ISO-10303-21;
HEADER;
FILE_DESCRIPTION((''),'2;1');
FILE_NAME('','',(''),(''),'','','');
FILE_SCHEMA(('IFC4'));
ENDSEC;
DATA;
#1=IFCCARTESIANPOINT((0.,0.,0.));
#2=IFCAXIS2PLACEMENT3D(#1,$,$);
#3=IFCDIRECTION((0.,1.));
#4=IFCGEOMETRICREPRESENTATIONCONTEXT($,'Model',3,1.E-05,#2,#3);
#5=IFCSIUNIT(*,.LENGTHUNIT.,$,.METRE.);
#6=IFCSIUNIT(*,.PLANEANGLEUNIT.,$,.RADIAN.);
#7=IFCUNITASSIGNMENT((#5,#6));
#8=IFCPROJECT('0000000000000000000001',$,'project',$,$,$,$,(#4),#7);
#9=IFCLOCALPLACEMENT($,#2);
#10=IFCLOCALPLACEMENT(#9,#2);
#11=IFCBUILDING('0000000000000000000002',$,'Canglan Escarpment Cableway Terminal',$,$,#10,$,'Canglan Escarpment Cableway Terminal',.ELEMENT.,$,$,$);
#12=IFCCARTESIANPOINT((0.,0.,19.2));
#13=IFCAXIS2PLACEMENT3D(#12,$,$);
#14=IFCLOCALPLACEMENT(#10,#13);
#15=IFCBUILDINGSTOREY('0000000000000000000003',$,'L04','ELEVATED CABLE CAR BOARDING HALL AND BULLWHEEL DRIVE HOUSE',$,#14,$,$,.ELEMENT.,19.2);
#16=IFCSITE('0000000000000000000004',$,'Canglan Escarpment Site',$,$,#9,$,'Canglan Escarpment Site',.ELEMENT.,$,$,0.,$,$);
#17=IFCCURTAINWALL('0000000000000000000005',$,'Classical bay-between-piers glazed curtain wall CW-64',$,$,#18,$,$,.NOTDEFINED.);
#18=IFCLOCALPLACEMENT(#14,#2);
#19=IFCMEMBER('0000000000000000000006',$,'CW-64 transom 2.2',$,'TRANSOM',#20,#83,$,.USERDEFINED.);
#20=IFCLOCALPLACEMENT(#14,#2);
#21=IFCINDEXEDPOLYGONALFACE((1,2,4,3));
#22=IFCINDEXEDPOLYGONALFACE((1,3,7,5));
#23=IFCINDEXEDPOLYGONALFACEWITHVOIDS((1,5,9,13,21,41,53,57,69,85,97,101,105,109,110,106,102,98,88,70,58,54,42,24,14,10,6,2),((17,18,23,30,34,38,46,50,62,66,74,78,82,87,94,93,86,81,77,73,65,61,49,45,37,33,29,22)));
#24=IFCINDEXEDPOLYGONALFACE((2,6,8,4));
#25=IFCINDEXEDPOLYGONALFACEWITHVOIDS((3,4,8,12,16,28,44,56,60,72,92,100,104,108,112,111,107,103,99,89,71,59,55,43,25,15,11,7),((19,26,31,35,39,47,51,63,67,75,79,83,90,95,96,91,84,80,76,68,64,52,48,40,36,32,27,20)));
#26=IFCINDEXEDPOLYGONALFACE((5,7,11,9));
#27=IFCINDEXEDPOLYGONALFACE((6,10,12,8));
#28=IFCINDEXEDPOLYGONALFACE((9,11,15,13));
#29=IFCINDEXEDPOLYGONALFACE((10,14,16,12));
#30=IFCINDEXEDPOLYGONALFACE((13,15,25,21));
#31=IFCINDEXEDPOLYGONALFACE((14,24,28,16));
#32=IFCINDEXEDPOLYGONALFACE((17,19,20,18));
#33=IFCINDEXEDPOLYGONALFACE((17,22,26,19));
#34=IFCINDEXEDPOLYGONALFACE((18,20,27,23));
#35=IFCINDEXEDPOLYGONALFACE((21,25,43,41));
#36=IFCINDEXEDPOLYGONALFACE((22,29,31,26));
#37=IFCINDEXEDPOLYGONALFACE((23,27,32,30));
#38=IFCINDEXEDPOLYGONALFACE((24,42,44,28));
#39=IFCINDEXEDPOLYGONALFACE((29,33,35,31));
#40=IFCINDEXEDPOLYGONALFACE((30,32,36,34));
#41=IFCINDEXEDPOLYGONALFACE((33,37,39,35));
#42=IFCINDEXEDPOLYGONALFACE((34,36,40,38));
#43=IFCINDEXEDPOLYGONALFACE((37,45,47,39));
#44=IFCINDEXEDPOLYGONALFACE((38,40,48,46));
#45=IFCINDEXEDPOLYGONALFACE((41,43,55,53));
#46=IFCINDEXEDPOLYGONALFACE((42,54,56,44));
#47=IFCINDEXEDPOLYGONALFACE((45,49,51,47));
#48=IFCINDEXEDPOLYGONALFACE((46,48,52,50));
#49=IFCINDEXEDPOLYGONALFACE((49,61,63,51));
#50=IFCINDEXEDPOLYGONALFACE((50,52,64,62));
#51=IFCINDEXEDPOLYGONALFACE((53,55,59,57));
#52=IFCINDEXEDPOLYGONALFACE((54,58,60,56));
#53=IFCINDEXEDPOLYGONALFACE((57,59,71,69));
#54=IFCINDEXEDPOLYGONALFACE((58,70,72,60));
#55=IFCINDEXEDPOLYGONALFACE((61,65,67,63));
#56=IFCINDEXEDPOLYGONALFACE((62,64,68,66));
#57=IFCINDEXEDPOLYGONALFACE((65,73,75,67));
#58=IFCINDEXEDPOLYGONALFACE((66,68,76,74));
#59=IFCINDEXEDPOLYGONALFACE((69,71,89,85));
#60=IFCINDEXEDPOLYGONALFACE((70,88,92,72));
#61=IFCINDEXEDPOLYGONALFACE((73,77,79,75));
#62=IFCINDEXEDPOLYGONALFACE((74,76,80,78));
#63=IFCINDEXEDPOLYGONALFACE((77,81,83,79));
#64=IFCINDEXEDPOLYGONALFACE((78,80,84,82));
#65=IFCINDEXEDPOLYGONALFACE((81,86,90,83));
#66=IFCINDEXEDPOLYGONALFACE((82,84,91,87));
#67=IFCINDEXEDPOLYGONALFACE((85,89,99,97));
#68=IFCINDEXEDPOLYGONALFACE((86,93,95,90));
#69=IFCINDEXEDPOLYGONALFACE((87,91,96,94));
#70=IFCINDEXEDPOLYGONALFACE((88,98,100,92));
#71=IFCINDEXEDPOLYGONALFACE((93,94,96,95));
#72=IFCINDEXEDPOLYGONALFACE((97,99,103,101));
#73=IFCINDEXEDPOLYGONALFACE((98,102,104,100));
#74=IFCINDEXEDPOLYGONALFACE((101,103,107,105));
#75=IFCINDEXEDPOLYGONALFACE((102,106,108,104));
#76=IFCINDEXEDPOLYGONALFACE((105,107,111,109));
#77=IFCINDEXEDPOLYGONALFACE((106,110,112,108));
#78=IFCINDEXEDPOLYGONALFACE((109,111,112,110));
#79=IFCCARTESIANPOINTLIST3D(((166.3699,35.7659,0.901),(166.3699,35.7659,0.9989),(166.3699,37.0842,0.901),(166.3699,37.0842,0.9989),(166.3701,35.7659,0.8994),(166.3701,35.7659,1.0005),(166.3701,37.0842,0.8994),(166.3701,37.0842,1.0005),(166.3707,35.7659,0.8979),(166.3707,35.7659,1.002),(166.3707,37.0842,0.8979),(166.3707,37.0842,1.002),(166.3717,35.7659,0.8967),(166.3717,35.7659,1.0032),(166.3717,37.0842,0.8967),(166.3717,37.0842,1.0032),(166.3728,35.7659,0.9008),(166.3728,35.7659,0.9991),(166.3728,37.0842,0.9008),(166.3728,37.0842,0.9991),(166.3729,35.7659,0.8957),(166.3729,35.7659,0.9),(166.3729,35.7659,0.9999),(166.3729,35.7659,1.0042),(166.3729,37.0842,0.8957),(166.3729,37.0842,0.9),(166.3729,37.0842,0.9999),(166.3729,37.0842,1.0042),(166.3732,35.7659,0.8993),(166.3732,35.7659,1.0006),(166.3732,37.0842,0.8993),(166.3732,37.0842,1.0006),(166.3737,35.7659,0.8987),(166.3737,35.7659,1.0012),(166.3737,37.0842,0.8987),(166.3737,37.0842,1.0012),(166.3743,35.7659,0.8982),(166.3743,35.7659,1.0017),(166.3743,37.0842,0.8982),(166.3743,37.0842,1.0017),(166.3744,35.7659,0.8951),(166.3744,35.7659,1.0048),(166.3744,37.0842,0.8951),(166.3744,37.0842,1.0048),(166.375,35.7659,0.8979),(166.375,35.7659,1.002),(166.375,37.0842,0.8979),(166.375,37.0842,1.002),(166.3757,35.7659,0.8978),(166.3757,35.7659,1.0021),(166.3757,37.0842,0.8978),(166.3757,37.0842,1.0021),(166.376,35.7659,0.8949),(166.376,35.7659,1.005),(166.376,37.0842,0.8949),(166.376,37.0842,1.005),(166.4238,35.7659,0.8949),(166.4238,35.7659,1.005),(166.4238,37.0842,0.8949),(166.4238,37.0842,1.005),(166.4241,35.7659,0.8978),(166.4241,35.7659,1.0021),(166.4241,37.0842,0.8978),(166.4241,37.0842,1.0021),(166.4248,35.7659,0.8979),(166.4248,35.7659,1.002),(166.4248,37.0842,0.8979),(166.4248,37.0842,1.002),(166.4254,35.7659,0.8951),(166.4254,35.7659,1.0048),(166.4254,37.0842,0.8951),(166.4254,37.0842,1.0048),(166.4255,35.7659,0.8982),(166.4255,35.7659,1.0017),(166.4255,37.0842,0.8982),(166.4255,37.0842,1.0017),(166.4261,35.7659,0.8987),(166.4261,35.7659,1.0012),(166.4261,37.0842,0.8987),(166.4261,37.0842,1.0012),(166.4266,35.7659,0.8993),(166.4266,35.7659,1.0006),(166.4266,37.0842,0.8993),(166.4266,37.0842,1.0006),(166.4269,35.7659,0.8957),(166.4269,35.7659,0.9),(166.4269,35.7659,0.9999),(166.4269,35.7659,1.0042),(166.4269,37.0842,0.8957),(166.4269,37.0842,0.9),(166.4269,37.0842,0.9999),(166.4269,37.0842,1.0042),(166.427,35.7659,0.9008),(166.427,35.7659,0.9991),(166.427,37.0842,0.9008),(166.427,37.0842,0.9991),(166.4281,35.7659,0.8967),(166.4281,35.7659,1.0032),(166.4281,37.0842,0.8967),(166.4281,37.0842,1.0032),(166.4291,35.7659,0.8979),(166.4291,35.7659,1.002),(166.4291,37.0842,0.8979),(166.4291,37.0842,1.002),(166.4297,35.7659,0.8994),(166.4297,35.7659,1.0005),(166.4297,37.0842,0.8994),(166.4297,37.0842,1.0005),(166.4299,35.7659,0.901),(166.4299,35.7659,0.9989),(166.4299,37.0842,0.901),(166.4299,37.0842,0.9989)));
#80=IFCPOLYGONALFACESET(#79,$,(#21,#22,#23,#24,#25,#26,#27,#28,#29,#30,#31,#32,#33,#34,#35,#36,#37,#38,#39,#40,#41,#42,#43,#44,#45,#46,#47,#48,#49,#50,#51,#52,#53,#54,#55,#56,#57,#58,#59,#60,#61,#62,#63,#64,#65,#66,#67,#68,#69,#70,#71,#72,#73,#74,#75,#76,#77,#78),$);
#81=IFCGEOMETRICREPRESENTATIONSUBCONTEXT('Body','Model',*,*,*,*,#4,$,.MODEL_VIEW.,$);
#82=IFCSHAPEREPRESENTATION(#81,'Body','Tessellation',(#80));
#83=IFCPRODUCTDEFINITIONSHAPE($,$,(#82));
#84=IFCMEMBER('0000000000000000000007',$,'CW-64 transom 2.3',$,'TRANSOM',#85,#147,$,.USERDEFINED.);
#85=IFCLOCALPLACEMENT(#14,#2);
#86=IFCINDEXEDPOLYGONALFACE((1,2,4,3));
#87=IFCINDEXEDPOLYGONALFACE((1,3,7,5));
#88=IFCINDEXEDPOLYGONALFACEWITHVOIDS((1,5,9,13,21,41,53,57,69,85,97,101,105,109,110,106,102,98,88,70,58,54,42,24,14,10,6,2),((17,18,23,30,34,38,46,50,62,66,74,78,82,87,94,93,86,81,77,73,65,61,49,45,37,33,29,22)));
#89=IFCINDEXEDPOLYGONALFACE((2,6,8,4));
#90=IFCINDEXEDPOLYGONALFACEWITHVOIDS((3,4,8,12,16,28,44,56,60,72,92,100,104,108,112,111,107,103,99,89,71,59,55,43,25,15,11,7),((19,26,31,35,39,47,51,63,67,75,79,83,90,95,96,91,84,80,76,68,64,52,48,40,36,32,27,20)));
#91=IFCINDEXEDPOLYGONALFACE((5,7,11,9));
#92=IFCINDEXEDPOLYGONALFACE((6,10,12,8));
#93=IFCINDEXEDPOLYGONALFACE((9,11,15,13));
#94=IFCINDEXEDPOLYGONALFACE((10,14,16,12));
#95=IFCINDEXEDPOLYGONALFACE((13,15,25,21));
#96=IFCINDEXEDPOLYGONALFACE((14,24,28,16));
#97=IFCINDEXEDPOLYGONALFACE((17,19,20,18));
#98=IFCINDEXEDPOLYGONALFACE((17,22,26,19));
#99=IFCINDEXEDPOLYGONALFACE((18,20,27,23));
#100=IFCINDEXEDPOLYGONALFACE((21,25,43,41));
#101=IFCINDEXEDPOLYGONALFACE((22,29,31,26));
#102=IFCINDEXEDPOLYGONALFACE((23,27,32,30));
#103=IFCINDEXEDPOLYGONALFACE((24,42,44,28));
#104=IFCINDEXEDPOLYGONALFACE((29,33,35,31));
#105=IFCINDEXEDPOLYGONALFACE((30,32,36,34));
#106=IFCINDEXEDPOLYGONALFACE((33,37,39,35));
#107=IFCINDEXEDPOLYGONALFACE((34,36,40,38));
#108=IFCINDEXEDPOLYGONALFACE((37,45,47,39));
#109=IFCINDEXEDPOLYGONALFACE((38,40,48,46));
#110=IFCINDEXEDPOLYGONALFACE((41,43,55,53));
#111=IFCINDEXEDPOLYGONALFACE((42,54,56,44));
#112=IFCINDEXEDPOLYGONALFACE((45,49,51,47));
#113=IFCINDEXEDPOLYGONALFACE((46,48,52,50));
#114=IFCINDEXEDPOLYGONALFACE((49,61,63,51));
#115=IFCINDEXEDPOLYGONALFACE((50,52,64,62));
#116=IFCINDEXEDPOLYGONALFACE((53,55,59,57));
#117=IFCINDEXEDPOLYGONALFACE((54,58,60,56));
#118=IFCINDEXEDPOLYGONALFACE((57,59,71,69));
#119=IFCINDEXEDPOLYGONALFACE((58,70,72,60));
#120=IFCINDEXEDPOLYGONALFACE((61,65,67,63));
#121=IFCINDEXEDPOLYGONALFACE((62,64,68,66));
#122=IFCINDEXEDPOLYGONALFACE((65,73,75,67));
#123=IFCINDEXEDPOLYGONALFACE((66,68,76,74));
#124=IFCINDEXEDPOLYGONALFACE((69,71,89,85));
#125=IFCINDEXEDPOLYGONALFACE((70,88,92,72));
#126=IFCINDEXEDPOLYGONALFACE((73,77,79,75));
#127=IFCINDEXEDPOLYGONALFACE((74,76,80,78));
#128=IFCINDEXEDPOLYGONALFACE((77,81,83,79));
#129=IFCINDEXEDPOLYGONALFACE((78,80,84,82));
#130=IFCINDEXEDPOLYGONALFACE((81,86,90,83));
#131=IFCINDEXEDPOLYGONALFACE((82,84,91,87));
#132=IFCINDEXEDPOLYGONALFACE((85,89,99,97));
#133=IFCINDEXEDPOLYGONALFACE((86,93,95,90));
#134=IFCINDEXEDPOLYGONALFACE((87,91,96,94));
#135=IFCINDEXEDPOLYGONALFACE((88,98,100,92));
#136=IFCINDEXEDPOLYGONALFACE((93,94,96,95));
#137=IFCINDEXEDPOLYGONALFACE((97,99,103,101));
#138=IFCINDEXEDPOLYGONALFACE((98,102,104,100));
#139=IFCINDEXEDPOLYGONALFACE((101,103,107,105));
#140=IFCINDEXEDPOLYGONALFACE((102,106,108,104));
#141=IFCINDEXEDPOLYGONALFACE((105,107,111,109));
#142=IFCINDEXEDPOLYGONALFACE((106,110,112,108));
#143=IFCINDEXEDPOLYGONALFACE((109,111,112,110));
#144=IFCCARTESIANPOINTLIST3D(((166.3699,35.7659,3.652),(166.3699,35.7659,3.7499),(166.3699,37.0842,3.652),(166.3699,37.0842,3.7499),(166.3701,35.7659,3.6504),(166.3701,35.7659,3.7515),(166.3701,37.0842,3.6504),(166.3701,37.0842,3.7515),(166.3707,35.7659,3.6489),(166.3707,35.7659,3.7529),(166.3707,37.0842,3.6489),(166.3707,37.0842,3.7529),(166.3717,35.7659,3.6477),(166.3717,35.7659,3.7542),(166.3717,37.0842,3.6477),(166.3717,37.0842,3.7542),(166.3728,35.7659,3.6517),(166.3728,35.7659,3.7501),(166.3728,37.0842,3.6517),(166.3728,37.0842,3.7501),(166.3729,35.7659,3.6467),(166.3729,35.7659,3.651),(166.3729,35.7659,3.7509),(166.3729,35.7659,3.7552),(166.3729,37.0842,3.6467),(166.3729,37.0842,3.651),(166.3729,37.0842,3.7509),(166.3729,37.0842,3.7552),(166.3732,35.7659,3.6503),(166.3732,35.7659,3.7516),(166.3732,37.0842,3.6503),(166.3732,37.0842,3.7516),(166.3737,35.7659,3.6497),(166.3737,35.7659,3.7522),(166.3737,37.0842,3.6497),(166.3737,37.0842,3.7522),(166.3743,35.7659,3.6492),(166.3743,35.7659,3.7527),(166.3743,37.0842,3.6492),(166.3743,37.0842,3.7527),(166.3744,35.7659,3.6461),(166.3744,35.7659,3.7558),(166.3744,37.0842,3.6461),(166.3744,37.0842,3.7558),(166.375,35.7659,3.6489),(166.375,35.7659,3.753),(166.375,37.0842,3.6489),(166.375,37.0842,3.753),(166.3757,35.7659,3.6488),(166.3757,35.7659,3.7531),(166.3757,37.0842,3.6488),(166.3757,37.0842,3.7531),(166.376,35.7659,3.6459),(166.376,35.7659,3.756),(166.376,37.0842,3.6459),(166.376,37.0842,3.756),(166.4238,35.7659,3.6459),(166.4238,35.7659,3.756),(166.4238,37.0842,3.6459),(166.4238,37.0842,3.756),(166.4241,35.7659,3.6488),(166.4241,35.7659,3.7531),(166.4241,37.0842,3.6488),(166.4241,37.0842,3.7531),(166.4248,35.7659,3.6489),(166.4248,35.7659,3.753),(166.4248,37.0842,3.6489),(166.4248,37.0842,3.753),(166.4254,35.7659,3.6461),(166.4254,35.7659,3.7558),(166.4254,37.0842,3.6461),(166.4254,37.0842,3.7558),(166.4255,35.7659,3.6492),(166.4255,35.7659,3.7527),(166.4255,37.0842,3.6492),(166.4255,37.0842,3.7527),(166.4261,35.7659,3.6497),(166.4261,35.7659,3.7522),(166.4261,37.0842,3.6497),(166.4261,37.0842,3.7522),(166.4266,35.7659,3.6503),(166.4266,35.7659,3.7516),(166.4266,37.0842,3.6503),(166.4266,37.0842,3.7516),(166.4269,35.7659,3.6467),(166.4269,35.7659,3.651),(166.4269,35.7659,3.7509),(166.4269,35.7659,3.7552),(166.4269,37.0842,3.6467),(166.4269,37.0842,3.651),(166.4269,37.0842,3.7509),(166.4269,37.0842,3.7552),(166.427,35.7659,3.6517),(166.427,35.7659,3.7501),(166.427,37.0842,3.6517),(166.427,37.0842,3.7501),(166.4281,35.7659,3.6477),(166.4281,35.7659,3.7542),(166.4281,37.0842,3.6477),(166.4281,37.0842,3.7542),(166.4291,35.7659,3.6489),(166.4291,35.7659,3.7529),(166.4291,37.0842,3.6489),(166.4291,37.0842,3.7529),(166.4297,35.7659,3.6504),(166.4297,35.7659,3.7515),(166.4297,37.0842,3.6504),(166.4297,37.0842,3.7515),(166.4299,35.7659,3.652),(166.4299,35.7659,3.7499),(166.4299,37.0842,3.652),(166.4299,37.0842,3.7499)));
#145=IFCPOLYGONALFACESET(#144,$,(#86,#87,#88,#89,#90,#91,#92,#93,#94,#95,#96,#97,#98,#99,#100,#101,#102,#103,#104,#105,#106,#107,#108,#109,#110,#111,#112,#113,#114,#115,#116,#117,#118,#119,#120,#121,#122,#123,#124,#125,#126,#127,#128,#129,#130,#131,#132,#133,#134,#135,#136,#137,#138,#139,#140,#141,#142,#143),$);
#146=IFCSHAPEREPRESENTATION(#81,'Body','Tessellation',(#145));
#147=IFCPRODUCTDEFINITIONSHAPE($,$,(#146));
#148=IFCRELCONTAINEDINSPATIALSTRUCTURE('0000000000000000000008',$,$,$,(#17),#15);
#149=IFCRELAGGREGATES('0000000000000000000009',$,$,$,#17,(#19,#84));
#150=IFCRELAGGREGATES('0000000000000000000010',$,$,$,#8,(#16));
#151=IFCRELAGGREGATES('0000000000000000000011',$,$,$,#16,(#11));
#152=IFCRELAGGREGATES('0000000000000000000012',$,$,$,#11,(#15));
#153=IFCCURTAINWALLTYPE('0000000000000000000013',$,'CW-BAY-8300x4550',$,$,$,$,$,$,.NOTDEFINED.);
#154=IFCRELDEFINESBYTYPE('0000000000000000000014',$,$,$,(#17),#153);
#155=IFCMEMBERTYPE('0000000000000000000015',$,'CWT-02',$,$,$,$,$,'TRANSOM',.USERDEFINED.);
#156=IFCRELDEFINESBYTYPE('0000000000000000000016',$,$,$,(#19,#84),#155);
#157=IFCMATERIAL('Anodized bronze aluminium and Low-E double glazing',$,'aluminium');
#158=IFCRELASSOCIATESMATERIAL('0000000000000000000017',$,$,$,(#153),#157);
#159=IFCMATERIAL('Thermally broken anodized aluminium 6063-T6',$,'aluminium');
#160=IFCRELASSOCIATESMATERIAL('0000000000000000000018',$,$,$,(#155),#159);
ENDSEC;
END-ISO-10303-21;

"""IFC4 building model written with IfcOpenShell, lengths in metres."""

from ifc_helpers import new_model, si_unit, direction, frame, origin, origin_2d, place, context, subcontext, project, spatial, hollow_rectangle, extrude, material, material_profile, profile_set, type_object, element, aggregate, save


model = new_model("IFC4")

# Units and contexts
model_context = context("Model", 3, precision=1e-05, world=origin(), true_north=direction((0.0, 1.0)))
body_context = subcontext(model_context, "Body", "Model", "MODEL_VIEW")
ifc_project = project(units=[si_unit("LENGTHUNIT", "METRE"), si_unit("PLANEANGLEUNIT", "RADIAN")], contexts=[model_context])

# Site, building, storey
site_placement = place(None, origin())
site = spatial("IfcSite", under=ifc_project, at=site_placement, Name="Canglan Escarpment Site", LongName="Canglan Escarpment Site", CompositionType="ELEMENT", RefElevation=0.0)
building_placement = place(site_placement, origin())
building = spatial("IfcBuilding", under=site, at=building_placement, Name="Canglan Escarpment Cableway Terminal", LongName="Canglan Escarpment Cableway Terminal", CompositionType="ELEMENT")
storey_placement = place(building_placement, frame((0.0, 0.0, 19.2)))
storey = spatial("IfcBuildingStorey", under=building, at=storey_placement, Name="L04", Description="ELEVATED CABLE CAR BOARDING HALL AND BULLWHEEL DRIVE HOUSE", CompositionType="ELEMENT", Elevation=19.2)

# Curtain wall
ifc_material_1 = material(Name="Anodized bronze aluminium and Low-E double glazing", Category="aluminium")
curtain_wall_type_1 = type_object("IfcCurtainWallType", Name="CW-BAY-8300x4550", PredefinedType="NOTDEFINED", material=ifc_material_1)
curtain_wall_1_placement = place(storey_placement, origin())
curtain_wall_1 = element("IfcCurtainWall", 1, at=curtain_wall_1_placement, inside=storey, type_object=curtain_wall_type_1, Name="Classical bay-between-piers glazed curtain wall CW-64", PredefinedType="NOTDEFINED")
ifc_material_2 = material(Name="Thermally broken anodized aluminium 6063-T6", Category="aluminium")

# Members
ifc_material_profile_1 = material_profile(ifc_material_2, hollow_rectangle(XDim=0.0601, YDim=0.1101, WallThickness=0.0029, InnerFilletRadius=0.0029, OuterFilletRadius=0.0061, at=origin_2d()), Name="ALU-TRAN 60x110x3")
ifc_profile_set_1 = profile_set([ifc_material_profile_1], Name="Thermally broken anodized aluminium 6063-T6")
member_type_1 = type_object("IfcMemberType", Name="CWT-02", ElementType="TRANSOM", PredefinedType="USERDEFINED", material=ifc_profile_set_1)
member_1_placement = place(storey_placement, frame((166.3999, 35.7659, 0.95), z_axis=(0.0, 1.0, 0.0), x_axis=(-1.0, 0.0, 0.0)))
member_1 = element("IfcMember", 2, at=member_1_placement, type_object=member_type_1, Name="CW-64 transom 2.2", ObjectType="TRANSOM", PredefinedType="USERDEFINED", context=body_context, shape_type="SweptSolid", body=[
    extrude(hollow_rectangle(XDim=0.0601, YDim=0.1101, WallThickness=0.0029, InnerFilletRadius=0.0029, OuterFilletRadius=0.0061, at=origin_2d()), origin(), (0.0, 0.0, 1.0), 1.3184),
])
member_2_placement = place(storey_placement, frame((166.3999, 35.7659, 3.7009), z_axis=(0.0, 1.0, 0.0), x_axis=(-1.0, 0.0, 0.0)))
member_2 = element("IfcMember", 3, at=member_2_placement, type_object=member_type_1, Name="CW-64 transom 2.3", ObjectType="TRANSOM", PredefinedType="USERDEFINED", context=body_context, shape_type="SweptSolid", body=[
    extrude(hollow_rectangle(XDim=0.0601, YDim=0.1101, WallThickness=0.0029, InnerFilletRadius=0.0029, OuterFilletRadius=0.0061, at=origin_2d()), origin(), (0.0, 0.0, 1.0), 1.3184),
])

aggregate(curtain_wall_1, [member_1, member_2])

save(model, "model.ifc")
